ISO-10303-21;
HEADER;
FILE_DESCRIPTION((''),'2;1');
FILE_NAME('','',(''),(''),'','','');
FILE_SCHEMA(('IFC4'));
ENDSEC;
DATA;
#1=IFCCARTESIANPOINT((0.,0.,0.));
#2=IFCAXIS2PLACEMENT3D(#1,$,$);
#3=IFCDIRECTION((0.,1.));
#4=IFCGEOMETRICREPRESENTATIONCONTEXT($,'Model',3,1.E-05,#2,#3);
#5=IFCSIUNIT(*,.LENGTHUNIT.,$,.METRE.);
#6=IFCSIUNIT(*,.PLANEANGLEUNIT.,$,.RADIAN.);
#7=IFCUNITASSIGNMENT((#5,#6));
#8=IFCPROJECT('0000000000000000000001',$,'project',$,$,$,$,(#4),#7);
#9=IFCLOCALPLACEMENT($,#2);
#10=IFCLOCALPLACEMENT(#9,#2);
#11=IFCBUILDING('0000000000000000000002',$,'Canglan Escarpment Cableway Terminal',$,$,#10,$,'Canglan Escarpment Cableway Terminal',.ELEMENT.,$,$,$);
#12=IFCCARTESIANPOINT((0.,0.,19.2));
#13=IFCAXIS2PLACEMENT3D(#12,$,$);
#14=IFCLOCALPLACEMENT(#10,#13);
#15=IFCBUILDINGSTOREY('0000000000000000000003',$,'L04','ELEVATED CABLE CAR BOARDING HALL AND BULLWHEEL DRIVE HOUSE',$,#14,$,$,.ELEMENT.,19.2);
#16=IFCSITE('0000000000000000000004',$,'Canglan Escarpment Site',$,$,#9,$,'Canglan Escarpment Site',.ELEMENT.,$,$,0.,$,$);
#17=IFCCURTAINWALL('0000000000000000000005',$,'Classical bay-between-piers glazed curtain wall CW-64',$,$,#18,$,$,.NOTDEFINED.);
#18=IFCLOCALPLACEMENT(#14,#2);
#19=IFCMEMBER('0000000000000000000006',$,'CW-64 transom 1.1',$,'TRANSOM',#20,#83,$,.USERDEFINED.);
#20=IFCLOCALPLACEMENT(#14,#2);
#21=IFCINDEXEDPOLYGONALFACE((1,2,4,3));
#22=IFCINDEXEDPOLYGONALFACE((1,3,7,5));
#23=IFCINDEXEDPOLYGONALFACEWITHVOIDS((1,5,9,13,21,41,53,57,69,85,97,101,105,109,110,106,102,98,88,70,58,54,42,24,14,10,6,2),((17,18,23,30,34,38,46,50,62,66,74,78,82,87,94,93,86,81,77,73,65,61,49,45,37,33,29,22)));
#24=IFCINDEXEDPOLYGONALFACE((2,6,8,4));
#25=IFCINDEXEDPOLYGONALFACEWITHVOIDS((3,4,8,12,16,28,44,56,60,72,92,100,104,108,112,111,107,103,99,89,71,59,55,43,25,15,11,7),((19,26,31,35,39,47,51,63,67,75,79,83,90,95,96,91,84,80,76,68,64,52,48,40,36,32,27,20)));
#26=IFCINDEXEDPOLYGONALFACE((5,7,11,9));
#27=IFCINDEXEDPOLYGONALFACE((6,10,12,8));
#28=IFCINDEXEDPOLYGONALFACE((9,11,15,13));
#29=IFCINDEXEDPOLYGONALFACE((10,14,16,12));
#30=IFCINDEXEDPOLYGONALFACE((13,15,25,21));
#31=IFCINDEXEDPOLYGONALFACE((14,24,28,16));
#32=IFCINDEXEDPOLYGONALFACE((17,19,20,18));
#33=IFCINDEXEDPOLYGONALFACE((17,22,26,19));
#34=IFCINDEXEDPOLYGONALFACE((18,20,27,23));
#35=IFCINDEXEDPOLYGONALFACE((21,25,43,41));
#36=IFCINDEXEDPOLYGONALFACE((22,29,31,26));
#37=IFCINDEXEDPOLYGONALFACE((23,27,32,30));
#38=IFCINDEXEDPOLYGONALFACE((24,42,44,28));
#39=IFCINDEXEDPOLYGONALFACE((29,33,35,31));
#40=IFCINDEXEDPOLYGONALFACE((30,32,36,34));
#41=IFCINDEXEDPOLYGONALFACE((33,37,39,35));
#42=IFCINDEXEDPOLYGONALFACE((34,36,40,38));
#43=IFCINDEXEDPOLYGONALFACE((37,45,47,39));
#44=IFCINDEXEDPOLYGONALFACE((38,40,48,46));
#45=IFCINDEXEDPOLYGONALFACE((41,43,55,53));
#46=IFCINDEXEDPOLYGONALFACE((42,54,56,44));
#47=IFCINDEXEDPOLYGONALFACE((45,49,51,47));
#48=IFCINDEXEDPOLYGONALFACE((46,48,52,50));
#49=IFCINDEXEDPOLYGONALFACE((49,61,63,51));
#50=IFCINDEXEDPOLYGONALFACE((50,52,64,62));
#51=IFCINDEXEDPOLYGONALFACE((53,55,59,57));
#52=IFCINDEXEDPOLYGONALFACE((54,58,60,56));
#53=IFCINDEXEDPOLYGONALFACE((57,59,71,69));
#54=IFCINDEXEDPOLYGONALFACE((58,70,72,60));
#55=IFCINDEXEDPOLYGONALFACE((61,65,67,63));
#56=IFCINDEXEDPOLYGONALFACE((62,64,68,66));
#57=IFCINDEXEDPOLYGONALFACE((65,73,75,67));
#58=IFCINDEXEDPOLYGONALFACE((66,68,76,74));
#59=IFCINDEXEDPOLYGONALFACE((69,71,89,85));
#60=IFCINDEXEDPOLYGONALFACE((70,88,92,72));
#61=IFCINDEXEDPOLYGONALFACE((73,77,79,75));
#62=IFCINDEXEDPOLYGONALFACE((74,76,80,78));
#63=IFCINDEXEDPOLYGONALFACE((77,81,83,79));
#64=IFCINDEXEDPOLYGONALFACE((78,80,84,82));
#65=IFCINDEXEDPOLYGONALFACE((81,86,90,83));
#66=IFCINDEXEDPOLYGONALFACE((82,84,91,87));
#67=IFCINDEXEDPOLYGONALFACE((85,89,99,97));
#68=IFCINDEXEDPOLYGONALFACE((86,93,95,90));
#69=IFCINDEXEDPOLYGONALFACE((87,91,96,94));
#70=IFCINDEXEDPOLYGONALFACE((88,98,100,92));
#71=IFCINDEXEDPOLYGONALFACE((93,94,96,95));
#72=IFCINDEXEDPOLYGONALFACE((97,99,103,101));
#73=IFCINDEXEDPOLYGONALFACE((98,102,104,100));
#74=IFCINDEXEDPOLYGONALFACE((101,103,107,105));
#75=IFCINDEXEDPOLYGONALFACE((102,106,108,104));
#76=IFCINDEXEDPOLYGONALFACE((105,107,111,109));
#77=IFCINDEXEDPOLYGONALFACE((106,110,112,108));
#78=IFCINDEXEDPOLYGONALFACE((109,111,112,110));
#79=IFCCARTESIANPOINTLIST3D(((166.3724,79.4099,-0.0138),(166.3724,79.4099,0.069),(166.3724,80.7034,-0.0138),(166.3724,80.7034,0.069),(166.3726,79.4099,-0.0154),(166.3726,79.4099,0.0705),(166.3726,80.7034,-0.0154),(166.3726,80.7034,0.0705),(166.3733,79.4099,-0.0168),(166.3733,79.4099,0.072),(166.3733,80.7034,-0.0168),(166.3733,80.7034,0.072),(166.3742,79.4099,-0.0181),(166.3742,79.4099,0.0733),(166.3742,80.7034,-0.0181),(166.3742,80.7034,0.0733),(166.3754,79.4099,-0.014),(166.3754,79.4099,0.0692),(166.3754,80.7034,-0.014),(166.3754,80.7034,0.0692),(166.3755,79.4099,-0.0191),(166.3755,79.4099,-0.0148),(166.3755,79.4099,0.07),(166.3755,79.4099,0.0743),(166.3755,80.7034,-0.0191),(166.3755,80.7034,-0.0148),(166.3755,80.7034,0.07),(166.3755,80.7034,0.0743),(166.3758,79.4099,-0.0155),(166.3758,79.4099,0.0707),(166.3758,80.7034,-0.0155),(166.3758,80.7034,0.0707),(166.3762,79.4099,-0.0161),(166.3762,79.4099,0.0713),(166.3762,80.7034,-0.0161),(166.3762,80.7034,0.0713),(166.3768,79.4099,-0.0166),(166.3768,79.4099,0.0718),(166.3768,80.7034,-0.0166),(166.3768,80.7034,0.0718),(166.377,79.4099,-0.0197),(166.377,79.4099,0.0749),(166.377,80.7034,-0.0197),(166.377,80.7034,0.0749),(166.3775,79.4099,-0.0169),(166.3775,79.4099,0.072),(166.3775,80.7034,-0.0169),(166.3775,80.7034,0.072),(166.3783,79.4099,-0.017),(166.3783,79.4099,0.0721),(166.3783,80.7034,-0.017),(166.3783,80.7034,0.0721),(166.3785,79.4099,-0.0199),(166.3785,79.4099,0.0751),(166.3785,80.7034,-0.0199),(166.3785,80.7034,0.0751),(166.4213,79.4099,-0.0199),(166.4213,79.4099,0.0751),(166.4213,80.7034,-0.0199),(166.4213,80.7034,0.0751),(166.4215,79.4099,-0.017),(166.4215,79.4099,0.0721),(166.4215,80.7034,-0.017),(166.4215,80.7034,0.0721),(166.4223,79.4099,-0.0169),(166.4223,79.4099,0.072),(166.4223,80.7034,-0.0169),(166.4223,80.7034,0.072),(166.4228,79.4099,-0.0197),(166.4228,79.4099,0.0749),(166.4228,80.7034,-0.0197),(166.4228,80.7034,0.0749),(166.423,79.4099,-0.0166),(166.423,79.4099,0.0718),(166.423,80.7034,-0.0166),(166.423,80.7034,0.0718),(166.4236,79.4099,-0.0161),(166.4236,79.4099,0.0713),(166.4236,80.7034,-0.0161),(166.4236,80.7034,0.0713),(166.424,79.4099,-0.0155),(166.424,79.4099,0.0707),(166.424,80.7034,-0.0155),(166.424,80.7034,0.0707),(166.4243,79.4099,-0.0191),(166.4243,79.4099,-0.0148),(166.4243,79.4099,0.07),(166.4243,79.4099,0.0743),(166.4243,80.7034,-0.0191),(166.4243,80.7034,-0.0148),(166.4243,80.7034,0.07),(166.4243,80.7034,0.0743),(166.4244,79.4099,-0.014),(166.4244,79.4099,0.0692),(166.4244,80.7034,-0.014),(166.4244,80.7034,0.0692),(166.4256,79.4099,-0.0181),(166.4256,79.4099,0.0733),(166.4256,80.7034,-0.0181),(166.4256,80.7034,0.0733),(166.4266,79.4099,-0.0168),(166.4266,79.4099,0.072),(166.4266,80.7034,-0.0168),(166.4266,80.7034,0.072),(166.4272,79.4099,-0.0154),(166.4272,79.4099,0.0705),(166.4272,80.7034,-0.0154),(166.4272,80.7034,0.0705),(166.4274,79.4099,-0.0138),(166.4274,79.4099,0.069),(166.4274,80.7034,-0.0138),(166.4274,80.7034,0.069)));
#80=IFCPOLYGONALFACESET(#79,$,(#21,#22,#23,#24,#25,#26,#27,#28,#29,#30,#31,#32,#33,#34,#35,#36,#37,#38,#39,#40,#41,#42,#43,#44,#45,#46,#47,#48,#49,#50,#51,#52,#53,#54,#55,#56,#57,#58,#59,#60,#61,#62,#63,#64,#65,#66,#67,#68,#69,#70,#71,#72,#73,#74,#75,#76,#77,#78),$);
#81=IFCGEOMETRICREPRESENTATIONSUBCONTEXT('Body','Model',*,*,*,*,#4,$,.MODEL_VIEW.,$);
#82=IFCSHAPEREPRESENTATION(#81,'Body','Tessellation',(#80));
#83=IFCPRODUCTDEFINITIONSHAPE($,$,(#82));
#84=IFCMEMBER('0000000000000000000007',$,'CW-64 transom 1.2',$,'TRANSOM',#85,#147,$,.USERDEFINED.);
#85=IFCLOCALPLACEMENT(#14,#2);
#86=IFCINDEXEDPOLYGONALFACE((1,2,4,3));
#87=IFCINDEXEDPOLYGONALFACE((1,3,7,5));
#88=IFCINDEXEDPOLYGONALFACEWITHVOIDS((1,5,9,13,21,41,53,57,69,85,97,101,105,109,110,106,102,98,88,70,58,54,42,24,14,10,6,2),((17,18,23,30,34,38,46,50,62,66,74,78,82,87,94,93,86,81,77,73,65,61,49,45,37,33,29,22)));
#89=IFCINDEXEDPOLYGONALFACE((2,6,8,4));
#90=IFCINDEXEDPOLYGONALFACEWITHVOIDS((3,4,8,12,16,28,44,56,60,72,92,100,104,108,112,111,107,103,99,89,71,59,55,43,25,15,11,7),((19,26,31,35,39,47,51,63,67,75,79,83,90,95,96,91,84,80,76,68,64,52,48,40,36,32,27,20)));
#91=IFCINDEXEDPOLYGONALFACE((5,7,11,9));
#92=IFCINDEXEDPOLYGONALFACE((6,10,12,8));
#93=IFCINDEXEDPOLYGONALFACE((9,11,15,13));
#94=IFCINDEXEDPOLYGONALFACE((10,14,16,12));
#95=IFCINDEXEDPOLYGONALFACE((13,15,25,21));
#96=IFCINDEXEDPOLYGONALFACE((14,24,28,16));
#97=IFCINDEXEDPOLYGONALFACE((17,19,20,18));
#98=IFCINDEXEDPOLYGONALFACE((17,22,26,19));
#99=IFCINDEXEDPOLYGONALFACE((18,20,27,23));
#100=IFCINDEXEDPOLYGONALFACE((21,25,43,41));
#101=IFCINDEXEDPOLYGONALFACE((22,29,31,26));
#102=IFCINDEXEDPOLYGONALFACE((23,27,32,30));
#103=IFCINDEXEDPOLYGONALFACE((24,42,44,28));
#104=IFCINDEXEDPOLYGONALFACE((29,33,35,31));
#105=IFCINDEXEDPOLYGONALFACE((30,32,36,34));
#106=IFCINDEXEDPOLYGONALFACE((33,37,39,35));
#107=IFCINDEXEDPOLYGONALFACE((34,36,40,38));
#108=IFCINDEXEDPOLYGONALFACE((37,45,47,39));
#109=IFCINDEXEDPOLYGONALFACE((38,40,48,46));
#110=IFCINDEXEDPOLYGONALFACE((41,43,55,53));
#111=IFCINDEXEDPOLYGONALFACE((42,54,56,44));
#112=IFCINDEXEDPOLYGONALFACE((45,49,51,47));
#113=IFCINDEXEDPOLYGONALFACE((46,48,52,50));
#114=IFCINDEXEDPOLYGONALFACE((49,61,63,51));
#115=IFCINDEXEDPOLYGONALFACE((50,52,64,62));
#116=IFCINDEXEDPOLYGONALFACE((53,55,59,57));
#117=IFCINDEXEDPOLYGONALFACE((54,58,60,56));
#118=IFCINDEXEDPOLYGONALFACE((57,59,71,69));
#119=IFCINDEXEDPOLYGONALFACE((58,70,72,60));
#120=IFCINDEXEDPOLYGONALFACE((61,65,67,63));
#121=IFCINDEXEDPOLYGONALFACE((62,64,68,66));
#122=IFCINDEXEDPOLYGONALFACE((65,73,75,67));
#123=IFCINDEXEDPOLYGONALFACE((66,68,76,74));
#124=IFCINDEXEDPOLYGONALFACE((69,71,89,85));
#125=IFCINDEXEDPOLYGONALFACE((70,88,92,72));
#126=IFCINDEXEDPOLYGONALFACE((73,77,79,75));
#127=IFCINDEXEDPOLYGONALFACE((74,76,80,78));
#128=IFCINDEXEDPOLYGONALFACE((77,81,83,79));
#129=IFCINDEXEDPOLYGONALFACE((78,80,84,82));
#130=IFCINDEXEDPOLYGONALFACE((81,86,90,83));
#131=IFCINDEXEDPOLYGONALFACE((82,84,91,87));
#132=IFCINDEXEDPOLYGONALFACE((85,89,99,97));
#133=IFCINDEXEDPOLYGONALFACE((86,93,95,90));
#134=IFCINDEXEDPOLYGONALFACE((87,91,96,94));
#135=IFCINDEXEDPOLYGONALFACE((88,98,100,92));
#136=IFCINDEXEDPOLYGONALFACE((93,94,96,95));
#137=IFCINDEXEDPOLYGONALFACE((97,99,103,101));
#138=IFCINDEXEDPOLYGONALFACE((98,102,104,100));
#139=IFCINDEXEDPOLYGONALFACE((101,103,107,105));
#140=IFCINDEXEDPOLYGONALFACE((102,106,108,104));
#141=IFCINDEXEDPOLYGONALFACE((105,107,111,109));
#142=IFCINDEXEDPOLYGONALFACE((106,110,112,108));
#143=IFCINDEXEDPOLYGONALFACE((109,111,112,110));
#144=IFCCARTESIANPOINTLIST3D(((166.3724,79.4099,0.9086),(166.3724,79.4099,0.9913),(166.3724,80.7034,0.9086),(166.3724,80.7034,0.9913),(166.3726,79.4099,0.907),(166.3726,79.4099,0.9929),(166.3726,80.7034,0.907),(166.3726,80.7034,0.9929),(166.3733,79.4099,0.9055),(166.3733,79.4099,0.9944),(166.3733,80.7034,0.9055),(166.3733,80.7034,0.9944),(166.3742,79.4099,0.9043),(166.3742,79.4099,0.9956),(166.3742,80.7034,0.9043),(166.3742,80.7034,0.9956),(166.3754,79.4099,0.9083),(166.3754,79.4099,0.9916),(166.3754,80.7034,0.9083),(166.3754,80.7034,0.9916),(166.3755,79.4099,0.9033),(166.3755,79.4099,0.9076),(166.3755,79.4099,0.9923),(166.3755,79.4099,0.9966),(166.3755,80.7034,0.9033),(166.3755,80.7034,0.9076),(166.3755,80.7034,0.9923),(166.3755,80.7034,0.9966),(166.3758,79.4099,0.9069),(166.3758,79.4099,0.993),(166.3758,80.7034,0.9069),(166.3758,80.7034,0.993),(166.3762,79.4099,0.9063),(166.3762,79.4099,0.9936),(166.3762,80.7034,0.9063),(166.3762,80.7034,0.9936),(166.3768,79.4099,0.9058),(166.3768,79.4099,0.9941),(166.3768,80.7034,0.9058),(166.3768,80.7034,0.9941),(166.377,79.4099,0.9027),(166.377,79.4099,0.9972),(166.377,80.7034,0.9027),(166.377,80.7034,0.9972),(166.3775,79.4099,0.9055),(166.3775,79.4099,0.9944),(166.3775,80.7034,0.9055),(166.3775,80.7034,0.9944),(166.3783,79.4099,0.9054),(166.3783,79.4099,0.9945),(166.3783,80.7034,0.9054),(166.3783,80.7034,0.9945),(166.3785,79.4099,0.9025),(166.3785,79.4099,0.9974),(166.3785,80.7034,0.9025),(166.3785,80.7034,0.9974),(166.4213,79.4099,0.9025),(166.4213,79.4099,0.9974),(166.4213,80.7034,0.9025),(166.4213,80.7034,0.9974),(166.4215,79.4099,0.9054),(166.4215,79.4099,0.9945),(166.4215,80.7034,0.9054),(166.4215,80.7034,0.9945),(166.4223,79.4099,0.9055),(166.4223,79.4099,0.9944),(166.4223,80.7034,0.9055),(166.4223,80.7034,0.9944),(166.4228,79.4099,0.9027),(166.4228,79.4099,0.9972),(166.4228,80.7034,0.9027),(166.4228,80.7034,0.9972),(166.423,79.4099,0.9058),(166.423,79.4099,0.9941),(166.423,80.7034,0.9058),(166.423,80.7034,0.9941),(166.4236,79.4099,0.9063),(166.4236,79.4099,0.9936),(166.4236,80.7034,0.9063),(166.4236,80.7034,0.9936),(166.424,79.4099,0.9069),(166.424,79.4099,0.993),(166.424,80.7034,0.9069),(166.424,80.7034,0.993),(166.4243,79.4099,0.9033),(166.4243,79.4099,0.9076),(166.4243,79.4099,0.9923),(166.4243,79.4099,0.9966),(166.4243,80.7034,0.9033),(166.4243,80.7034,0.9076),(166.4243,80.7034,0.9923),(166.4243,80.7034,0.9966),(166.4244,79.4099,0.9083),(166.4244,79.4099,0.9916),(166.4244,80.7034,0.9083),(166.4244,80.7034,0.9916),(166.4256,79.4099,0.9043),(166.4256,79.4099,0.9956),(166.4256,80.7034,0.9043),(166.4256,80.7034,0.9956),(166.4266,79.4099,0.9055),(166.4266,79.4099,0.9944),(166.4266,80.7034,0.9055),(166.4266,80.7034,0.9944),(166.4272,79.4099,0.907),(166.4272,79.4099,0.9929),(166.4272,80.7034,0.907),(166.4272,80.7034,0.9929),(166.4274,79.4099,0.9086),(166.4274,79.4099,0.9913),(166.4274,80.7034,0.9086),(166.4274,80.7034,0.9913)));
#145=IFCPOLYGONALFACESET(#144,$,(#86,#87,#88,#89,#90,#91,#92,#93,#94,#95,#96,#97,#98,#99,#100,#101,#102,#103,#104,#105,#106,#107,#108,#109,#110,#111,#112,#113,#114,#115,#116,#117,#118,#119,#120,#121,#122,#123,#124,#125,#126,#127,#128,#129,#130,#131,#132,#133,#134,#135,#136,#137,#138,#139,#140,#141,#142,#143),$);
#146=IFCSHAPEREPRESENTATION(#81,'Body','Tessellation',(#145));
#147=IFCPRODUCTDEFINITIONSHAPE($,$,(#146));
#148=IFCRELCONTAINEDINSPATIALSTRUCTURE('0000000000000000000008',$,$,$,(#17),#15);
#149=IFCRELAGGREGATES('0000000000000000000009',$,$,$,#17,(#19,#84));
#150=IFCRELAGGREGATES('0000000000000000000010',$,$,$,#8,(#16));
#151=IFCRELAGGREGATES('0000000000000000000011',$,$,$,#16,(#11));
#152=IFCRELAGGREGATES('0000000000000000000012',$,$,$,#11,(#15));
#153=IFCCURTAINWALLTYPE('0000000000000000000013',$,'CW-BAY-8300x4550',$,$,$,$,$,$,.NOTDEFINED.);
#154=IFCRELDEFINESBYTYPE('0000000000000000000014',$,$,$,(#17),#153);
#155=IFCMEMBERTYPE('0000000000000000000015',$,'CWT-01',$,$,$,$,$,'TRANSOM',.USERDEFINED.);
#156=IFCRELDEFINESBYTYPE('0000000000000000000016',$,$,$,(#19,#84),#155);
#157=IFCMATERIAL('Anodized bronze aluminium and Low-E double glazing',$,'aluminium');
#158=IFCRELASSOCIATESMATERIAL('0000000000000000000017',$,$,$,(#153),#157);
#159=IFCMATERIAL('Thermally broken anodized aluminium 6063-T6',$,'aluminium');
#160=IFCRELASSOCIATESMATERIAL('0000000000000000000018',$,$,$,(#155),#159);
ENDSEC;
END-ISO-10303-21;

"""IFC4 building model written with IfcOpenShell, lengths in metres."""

from ifc_helpers import new_model, si_unit, direction, frame, origin, origin_2d, place, context, subcontext, project, spatial, hollow_rectangle, extrude, material, material_profile, profile_set, type_object, element, aggregate, save


model = new_model("IFC4")

# Units and contexts
model_context = context("Model", 3, precision=1e-05, world=origin(), true_north=direction((0.0, 1.0)))
body_context = subcontext(model_context, "Body", "Model", "MODEL_VIEW")
ifc_project = project(units=[si_unit("LENGTHUNIT", "METRE"), si_unit("PLANEANGLEUNIT", "RADIAN")], contexts=[model_context])

# Site, building, storey
site_placement = place(None, origin())
site = spatial("IfcSite", under=ifc_project, at=site_placement, Name="Canglan Escarpment Site", LongName="Canglan Escarpment Site", CompositionType="ELEMENT", RefElevation=0.0)
building_placement = place(site_placement, origin())
building = spatial("IfcBuilding", under=site, at=building_placement, Name="Canglan Escarpment Cableway Terminal", LongName="Canglan Escarpment Cableway Terminal", CompositionType="ELEMENT")
storey_placement = place(building_placement, frame((0.0, 0.0, 19.2)))
storey = spatial("IfcBuildingStorey", under=building, at=storey_placement, Name="L04", Description="ELEVATED CABLE CAR BOARDING HALL AND BULLWHEEL DRIVE HOUSE", CompositionType="ELEMENT", Elevation=19.2)

# Curtain wall
ifc_material_1 = material(Name="Anodized bronze aluminium and Low-E double glazing", Category="aluminium")
curtain_wall_type = type_object("IfcCurtainWallType", Name="CW-BAY-8300x4550", PredefinedType="NOTDEFINED", material=ifc_material_1)
curtain_wall_1_placement = place(storey_placement, origin())
curtain_wall_1 = element("IfcCurtainWall", 1, at=curtain_wall_1_placement, inside=storey, type_object=curtain_wall_type, Name="Classical bay-between-piers glazed curtain wall CW-64", PredefinedType="NOTDEFINED")
ifc_material_2 = material(Name="Thermally broken anodized aluminium 6063-T6", Category="aluminium")

# Members
ifc_material_profile_1 = material_profile(ifc_material_2, hollow_rectangle(XDim=0.0549, YDim=0.095, WallThickness=0.0029, InnerFilletRadius=0.0029, OuterFilletRadius=0.0061, at=origin_2d()), Name="ALU-TRAN 55x95x3")
ifc_profile_set_1 = profile_set([ifc_material_profile_1], Name="Thermally broken anodized aluminium 6063-T6")
member_type_1 = type_object("IfcMemberType", Name="CWT-01", ElementType="TRANSOM", PredefinedType="USERDEFINED", material=ifc_profile_set_1)
member_1_placement = place(storey_placement, frame((166.3999, 79.4099, 0.0276), z_axis=(0.0, 1.0, 0.0), x_axis=(-1.0, 0.0, 0.0)))
member_1 = element("IfcMember", 2, at=member_1_placement, type_object=member_type_1, Name="CW-64 transom 1.1", ObjectType="TRANSOM", PredefinedType="USERDEFINED", context=body_context, shape_type="SweptSolid", body=[
    extrude(hollow_rectangle(XDim=0.0549, YDim=0.095, WallThickness=0.0029, InnerFilletRadius=0.0029, OuterFilletRadius=0.0061, at=origin_2d()), origin(), (0.0, 0.0, 1.0), 1.2935),
])
member_2_placement = place(storey_placement, frame((166.3999, 79.4099, 0.95), z_axis=(0.0, 1.0, 0.0), x_axis=(-1.0, 0.0, 0.0)))
member_2 = element("IfcMember", 3, at=member_2_placement, type_object=member_type_1, Name="CW-64 transom 1.2", ObjectType="TRANSOM", PredefinedType="USERDEFINED", context=body_context, shape_type="SweptSolid", body=[
    extrude(hollow_rectangle(XDim=0.0549, YDim=0.095, WallThickness=0.0029, InnerFilletRadius=0.0029, OuterFilletRadius=0.0061, at=origin_2d()), origin(), (0.0, 0.0, 1.0), 1.2935),
])

aggregate(curtain_wall_1, [member_1, member_2])

save(model, "model.ifc")
